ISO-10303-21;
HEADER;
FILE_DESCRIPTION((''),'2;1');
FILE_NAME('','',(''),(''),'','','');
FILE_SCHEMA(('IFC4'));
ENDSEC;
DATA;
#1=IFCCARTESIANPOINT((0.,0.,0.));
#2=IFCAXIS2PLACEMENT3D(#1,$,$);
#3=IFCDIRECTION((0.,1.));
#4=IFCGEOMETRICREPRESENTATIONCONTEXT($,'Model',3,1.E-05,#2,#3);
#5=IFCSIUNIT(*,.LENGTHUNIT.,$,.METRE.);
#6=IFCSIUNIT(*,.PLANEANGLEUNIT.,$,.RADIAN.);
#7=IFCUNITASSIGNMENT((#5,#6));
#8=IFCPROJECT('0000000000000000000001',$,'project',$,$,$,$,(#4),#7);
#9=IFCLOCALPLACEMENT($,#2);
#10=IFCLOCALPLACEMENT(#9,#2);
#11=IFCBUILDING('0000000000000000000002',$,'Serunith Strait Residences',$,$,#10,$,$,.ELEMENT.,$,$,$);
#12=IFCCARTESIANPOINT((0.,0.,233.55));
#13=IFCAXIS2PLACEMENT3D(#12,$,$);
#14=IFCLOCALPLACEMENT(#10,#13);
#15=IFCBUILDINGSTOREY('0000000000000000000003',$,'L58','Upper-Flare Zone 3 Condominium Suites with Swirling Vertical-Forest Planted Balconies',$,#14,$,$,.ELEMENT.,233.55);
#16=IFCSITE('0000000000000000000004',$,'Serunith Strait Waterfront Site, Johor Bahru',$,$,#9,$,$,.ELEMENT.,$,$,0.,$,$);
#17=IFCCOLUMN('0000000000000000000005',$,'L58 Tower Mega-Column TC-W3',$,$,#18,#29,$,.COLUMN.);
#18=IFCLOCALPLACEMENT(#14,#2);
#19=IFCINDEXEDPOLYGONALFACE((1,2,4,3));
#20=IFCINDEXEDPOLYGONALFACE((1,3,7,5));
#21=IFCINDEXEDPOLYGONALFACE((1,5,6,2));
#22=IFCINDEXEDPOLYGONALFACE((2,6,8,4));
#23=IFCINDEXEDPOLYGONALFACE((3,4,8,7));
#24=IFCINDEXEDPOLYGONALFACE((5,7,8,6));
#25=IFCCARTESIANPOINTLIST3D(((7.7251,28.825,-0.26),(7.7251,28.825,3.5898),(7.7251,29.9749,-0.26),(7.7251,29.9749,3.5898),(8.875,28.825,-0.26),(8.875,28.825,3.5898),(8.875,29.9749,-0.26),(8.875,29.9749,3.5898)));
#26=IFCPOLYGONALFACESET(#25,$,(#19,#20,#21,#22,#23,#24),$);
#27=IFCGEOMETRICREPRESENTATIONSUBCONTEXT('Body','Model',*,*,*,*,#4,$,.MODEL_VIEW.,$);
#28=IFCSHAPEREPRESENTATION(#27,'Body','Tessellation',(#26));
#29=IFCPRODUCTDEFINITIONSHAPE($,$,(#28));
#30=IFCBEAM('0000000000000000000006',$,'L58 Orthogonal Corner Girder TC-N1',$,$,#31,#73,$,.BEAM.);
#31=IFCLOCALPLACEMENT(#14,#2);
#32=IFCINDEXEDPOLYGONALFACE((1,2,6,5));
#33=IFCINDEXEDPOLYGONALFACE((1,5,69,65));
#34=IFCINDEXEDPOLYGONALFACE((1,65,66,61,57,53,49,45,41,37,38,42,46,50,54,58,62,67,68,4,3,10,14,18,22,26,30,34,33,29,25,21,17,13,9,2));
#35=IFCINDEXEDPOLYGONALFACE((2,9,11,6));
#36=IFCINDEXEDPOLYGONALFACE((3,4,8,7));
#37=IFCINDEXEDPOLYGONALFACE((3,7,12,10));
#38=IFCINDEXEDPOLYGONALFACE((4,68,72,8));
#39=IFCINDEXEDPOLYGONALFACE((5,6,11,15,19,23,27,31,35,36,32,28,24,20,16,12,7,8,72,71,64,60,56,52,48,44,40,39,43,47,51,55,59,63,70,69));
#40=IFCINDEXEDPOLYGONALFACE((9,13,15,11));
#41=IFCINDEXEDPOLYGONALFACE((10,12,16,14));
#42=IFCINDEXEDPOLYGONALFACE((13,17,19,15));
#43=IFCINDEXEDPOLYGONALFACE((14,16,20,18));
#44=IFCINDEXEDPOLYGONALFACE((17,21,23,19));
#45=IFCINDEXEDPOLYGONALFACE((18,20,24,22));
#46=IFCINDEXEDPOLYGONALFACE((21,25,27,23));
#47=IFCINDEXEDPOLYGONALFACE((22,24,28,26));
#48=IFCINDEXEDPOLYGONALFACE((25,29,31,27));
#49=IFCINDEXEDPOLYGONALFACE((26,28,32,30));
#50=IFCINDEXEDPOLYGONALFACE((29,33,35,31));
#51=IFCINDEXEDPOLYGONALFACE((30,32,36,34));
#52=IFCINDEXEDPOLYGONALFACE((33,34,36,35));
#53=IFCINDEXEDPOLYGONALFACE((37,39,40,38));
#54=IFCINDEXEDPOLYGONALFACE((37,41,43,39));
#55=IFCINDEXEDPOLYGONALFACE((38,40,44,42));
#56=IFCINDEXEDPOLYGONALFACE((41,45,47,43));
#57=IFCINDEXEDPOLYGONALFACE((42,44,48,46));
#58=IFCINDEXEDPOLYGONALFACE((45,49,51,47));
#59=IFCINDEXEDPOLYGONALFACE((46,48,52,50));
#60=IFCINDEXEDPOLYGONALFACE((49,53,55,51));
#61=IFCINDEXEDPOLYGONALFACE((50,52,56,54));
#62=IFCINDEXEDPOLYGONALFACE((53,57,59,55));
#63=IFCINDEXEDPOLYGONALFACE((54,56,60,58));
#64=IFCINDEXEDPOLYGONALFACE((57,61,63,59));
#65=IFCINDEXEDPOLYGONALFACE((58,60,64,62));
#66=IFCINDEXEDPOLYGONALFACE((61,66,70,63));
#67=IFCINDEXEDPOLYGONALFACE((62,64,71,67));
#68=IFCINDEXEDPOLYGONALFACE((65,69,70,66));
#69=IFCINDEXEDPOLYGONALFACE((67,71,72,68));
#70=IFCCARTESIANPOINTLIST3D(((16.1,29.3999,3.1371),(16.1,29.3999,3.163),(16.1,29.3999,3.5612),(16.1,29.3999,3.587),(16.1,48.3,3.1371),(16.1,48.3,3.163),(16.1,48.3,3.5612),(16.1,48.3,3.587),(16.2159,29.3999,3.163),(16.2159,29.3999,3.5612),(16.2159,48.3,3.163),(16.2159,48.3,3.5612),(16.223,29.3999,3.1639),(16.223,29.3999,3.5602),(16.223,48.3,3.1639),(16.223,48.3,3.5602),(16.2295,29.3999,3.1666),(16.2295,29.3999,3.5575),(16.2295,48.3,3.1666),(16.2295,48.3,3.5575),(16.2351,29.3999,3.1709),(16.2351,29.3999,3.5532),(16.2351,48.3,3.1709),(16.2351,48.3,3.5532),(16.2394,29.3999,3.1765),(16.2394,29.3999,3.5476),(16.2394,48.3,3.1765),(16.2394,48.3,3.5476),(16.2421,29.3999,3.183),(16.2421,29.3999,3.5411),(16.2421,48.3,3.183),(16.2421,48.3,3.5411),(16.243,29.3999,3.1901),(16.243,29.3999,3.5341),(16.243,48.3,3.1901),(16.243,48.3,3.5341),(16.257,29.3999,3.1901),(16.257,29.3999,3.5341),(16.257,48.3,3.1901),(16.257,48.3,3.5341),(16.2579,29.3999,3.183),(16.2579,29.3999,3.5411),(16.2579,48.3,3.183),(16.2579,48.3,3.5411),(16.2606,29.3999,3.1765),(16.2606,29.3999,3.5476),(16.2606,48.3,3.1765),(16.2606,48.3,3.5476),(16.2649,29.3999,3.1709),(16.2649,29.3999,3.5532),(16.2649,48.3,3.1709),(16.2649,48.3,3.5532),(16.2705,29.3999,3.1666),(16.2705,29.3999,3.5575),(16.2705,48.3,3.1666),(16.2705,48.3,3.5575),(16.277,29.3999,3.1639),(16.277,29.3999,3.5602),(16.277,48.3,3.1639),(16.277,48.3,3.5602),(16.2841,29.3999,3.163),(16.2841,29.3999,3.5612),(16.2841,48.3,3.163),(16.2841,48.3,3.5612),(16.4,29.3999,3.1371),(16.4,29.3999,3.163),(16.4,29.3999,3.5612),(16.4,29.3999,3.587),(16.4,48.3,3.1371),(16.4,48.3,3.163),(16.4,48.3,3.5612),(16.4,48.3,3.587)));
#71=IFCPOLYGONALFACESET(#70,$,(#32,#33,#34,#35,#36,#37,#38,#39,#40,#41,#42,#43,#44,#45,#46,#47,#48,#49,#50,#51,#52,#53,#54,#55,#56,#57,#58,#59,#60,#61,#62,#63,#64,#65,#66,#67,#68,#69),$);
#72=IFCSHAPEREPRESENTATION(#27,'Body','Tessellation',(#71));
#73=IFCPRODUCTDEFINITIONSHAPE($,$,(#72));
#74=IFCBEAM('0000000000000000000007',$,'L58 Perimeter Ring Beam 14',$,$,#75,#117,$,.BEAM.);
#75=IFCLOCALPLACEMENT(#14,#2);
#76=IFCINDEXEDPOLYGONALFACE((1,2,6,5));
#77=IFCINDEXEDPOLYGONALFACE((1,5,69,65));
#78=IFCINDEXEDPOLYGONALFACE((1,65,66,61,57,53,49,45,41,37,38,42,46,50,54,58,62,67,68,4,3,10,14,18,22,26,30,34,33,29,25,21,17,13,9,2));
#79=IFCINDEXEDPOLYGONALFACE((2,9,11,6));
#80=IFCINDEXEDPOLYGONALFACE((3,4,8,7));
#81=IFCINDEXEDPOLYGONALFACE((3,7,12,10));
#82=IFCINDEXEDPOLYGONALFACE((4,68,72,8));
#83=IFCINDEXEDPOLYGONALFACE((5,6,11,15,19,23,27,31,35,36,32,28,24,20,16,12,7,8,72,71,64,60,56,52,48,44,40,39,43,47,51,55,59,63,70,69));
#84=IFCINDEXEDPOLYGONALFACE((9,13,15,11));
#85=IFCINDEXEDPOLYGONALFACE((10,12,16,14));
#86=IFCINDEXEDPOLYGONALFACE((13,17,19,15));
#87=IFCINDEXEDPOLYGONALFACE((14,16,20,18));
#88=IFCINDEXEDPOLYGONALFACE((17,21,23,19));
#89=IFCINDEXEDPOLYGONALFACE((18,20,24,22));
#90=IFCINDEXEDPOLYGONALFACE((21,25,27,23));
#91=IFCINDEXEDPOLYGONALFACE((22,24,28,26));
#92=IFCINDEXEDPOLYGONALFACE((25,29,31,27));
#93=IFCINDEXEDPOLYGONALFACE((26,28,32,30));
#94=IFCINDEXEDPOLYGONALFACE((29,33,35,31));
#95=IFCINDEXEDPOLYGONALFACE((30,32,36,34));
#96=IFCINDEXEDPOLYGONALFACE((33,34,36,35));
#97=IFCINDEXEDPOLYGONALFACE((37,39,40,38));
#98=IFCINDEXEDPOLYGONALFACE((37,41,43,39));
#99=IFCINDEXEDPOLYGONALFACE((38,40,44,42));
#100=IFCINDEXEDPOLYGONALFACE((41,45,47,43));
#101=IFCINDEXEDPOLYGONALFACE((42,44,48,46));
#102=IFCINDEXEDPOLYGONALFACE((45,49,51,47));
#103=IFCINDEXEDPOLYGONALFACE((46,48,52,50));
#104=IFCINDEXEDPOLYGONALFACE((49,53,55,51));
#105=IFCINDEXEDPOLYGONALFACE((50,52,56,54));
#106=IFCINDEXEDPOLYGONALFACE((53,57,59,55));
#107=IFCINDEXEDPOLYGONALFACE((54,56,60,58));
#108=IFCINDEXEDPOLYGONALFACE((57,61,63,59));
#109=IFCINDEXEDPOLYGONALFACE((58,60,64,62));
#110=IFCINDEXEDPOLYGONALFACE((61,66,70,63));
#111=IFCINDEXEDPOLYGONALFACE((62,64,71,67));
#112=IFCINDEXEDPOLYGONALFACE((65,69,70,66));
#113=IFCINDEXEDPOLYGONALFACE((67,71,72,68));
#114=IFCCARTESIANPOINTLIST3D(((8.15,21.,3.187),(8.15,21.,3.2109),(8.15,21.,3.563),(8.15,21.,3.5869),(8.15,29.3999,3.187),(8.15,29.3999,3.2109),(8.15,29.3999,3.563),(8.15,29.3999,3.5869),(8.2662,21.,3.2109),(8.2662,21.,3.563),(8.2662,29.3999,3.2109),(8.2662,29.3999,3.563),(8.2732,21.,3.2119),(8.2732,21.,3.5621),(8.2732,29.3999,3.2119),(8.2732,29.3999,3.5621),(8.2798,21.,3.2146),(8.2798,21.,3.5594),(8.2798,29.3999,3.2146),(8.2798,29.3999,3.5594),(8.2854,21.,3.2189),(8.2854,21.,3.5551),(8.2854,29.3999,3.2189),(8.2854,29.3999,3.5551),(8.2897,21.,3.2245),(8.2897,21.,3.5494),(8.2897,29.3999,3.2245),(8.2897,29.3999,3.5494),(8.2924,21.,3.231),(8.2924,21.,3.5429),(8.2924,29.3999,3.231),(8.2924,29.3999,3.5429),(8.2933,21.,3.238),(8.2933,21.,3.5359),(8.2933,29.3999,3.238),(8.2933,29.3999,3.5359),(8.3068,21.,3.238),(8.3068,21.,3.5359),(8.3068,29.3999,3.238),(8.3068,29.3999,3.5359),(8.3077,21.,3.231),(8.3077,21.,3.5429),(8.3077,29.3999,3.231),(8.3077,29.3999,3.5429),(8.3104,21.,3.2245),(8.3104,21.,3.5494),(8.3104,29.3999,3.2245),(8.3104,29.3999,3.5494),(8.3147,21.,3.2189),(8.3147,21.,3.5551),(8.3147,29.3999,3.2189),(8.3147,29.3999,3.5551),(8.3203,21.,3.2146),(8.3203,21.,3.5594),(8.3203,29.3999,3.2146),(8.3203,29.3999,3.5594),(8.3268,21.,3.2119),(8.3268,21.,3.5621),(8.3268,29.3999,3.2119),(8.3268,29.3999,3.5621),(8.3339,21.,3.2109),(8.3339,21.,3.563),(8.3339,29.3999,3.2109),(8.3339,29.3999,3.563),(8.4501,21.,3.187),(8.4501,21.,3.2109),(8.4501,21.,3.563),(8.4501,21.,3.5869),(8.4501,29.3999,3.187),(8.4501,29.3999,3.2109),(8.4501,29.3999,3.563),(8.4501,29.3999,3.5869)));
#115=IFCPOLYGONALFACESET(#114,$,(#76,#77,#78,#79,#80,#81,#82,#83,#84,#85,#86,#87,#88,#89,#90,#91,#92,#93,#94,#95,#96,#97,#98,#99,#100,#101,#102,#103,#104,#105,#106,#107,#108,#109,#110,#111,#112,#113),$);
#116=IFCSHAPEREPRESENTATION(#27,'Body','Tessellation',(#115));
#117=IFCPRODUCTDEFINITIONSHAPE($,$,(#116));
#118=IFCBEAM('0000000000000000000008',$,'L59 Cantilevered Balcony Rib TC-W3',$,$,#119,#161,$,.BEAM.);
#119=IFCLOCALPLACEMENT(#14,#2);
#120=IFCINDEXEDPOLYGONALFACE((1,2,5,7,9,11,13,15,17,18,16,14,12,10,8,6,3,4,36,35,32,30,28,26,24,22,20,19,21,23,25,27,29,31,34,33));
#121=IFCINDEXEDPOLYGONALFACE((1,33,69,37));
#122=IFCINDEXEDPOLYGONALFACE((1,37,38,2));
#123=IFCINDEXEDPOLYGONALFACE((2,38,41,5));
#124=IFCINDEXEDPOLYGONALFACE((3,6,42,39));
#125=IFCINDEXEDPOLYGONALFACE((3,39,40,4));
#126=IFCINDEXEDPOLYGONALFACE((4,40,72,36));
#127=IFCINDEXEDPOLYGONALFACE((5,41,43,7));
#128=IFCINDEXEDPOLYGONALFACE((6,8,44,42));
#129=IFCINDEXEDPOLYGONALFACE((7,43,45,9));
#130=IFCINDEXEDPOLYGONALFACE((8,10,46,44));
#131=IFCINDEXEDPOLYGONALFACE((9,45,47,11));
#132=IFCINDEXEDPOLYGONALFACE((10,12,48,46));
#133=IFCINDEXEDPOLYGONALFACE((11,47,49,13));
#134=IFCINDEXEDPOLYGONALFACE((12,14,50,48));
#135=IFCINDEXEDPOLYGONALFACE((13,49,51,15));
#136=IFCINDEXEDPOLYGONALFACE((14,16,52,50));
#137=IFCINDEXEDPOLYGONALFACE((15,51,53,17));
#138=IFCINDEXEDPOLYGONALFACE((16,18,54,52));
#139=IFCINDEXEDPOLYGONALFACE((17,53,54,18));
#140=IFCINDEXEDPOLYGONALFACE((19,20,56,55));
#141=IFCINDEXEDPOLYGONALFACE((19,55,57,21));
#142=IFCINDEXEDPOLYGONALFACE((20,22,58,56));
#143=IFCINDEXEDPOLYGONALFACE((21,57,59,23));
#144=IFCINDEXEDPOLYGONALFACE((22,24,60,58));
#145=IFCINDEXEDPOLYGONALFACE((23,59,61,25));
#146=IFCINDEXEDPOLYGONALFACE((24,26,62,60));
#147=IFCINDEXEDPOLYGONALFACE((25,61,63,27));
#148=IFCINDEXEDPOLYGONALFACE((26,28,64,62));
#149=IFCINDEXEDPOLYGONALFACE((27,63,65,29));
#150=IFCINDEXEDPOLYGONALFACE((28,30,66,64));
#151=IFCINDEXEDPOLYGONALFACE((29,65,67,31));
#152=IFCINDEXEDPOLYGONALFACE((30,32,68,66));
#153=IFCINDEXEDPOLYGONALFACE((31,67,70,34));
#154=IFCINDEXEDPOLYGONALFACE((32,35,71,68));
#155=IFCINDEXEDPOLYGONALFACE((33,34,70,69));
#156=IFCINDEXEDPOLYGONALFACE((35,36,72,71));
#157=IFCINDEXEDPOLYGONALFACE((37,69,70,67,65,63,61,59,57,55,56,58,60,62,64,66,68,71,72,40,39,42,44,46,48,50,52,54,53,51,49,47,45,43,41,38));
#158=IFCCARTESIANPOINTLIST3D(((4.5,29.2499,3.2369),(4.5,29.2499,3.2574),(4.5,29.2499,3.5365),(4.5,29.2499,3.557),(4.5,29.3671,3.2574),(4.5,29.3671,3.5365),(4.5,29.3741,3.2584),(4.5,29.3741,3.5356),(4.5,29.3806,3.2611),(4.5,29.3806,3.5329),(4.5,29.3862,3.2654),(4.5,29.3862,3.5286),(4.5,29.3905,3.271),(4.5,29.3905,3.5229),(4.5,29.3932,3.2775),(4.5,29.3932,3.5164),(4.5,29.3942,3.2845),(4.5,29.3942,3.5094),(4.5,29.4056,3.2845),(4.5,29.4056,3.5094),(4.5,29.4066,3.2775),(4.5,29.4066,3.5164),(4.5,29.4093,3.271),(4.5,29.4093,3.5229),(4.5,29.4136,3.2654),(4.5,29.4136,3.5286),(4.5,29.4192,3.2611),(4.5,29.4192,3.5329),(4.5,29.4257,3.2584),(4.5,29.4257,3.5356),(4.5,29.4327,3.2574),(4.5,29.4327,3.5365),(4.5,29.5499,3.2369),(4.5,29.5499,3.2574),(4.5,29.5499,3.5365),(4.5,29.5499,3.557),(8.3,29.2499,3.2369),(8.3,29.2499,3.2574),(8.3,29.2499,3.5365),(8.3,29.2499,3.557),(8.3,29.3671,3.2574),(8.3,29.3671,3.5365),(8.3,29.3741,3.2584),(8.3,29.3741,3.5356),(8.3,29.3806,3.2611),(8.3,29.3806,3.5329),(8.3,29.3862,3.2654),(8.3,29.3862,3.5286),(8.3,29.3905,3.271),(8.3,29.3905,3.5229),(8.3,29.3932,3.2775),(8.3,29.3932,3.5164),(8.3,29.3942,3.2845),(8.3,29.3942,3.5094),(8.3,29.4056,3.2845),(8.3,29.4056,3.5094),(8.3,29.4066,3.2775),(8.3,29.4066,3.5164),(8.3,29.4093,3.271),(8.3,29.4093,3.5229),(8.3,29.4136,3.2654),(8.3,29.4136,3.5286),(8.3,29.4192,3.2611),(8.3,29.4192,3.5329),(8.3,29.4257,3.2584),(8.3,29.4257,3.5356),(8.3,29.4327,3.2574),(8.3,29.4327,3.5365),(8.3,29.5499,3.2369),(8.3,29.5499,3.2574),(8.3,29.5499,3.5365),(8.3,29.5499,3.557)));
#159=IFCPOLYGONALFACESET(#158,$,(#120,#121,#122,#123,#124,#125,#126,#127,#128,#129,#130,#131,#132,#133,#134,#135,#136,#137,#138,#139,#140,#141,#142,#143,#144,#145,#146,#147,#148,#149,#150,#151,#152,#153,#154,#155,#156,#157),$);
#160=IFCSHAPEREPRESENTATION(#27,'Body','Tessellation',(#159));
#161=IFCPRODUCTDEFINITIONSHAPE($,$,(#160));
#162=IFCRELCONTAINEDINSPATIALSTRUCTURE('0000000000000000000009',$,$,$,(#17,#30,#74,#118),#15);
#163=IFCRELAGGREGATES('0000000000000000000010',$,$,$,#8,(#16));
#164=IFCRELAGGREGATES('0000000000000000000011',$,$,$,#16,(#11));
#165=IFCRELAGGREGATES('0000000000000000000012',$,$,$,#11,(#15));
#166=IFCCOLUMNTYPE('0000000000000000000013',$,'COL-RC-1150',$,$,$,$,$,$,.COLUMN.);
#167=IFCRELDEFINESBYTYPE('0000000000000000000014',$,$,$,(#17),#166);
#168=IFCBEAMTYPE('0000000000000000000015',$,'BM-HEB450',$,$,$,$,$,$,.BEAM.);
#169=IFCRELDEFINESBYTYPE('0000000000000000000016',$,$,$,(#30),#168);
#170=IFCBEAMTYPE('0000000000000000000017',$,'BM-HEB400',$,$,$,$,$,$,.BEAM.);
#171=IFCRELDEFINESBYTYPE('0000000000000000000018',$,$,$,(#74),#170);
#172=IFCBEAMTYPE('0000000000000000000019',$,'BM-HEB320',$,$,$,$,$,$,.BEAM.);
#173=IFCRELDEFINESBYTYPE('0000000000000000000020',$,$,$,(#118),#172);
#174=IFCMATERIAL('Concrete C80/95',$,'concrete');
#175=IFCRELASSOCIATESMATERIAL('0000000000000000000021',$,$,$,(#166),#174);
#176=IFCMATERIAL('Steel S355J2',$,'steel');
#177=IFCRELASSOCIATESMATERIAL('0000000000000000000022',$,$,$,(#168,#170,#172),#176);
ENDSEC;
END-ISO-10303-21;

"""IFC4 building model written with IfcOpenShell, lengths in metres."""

from ifc_helpers import new_model, si_unit, direction, frame, origin, origin_2d, place, context, subcontext, project, spatial, rectangle, i_section, extrude, source, transform, mapped, material, material_profile, profile_set, type_object, element, save


model = new_model("IFC4")

# Units and contexts
model_context = context("Model", 3, precision=1e-05, world=origin(), true_north=direction((0.0, 1.0)))
body_context = subcontext(model_context, "Body", "Model", "MODEL_VIEW")
ifc_project = project(units=[si_unit("LENGTHUNIT", "METRE"), si_unit("PLANEANGLEUNIT", "RADIAN")], contexts=[model_context])

# Site, building, storey
site_placement = place(None, origin())
site = spatial("IfcSite", under=ifc_project, at=site_placement, Name="Serunith Strait Waterfront Site, Johor Bahru", CompositionType="ELEMENT", RefElevation=0.0)
building_placement = place(site_placement, origin())
building = spatial("IfcBuilding", under=site, at=building_placement, Name="Serunith Strait Residences", CompositionType="ELEMENT")
storey_placement = place(building_placement, frame((0.0, 0.0, 233.55)))
storey = spatial("IfcBuildingStorey", under=building, at=storey_placement, Name="L58", Description="Upper-Flare Zone 3 Condominium Suites with Swirling Vertical-Forest Planted Balconies", CompositionType="ELEMENT", Elevation=233.55)

# Column
ifc_material_1 = material(Name="Concrete C80/95", Category="concrete")
ifc_material_profile_1 = material_profile(ifc_material_1, rectangle(XDim=1.1499, YDim=1.1499, at=origin_2d()), Name="RC 1150x1150")
ifc_profile_set_1 = profile_set([ifc_material_profile_1], Name="Concrete C80/95")
column_type = type_object("IfcColumnType", Name="COL-RC-1150", PredefinedType="COLUMN", material=ifc_profile_set_1)
shared_shape_1 = source(origin(), body_context, "Body", "SweptSolid", [
    extrude(rectangle(XDim=1.1499, YDim=1.1499, at=origin_2d()), origin(), (0.0, 0.0, 1.0), 3.8499),
])
column_placement = place(storey_placement, frame((8.3, 29.3999, -0.26), z_axis=(0.0, 0.0, 1.0), x_axis=(1.0, 0.0, 0.0)))
element("IfcColumn", 1, at=column_placement, inside=storey, type_object=column_type, Name="L58 Tower Mega-Column TC-W3", PredefinedType="COLUMN", context=body_context, shape_type="MappedRepresentation", body=[
    mapped(shared_shape_1, transform((0.0, 0.0, 0.0), scale=1.0)),
])

# Beams
ifc_material_2 = material(Name="Steel S355J2", Category="steel")
ifc_material_profile_2 = material_profile(ifc_material_2, i_section(OverallWidth=0.3, OverallDepth=0.45, WebThickness=0.0139, FlangeThickness=0.0259, FilletRadius=0.0271, at=origin_2d()), Name="HEB 450")
ifc_profile_set_2 = profile_set([ifc_material_profile_2], Name="Steel S355J2")
beam_type_1 = type_object("IfcBeamType", Name="BM-HEB450", PredefinedType="BEAM", material=ifc_profile_set_2)
shared_shape_2 = source(origin(), body_context, "Body", "SweptSolid", [
    extrude(i_section(OverallWidth=0.3, OverallDepth=0.45, WebThickness=0.0139, FlangeThickness=0.0259, FilletRadius=0.0271, at=origin_2d()), origin(), (0.0, 0.0, 1.0), 18.9001),
])
beam_1_placement = place(storey_placement, frame((16.25, 29.3999, 3.3621), z_axis=(0.0, 1.0, 0.0), x_axis=(-1.0, 0.0, 0.0)))
element("IfcBeam", 2, at=beam_1_placement, inside=storey, type_object=beam_type_1, Name="L58 Orthogonal Corner Girder TC-N1", PredefinedType="BEAM", context=body_context, shape_type="MappedRepresentation", body=[
    mapped(shared_shape_2, transform((0.0, 0.0, 0.0), scale=1.0)),
])
ifc_material_profile_3 = material_profile(ifc_material_2, i_section(OverallWidth=0.3, OverallDepth=0.3999, WebThickness=0.0134, FlangeThickness=0.0239, FilletRadius=0.0271, at=origin_2d()), Name="HEB 400")
ifc_profile_set_3 = profile_set([ifc_material_profile_3], Name="Steel S355J2")
beam_type_2 = type_object("IfcBeamType", Name="BM-HEB400", PredefinedType="BEAM", material=ifc_profile_set_3)
shared_shape_3 = source(origin(), body_context, "Body", "SweptSolid", [
    extrude(i_section(OverallWidth=0.3, OverallDepth=0.3999, WebThickness=0.0134, FlangeThickness=0.0239, FilletRadius=0.0271, at=origin_2d()), origin(), (0.0, 0.0, 1.0), 8.3999),
])
beam_2_placement = place(storey_placement, frame((8.3, 29.3999, 3.387), z_axis=(0.0, -1.0, 0.0), x_axis=(1.0, 0.0, 0.0)))
element("IfcBeam", 3, at=beam_2_placement, inside=storey, type_object=beam_type_2, Name="L58 Perimeter Ring Beam 14", PredefinedType="BEAM", context=body_context, shape_type="MappedRepresentation", body=[
    mapped(shared_shape_3, transform((0.0, 0.0, 0.0), scale=1.0)),
])
ifc_material_profile_4 = material_profile(ifc_material_2, i_section(OverallWidth=0.3, OverallDepth=0.3201, WebThickness=0.0115, FlangeThickness=0.0205, FilletRadius=0.0271, at=origin_2d()), Name="HEB 320")
ifc_profile_set_4 = profile_set([ifc_material_profile_4], Name="Steel S355J2")
beam_type_3 = type_object("IfcBeamType", Name="BM-HEB320", PredefinedType="BEAM", material=ifc_profile_set_4)
shared_shape_4 = source(origin(), body_context, "Body", "SweptSolid", [
    extrude(i_section(OverallWidth=0.3, OverallDepth=0.3201, WebThickness=0.0115, FlangeThickness=0.0205, FilletRadius=0.0271, at=origin_2d()), origin(), (0.0, 0.0, 1.0), 3.8),
])
beam_3_placement = place(storey_placement, frame((8.3, 29.3999, 3.397), z_axis=(-1.0, 0.0, 0.0), x_axis=(0.0, -1.0, 0.0)))
element("IfcBeam", 4, at=beam_3_placement, inside=storey, type_object=beam_type_3, Name="L59 Cantilevered Balcony Rib TC-W3", PredefinedType="BEAM", context=body_context, shape_type="MappedRepresentation", body=[
    mapped(shared_shape_4, transform((0.0, 0.0, 0.0), scale=1.0)),
])

save(model, "model.ifc")
